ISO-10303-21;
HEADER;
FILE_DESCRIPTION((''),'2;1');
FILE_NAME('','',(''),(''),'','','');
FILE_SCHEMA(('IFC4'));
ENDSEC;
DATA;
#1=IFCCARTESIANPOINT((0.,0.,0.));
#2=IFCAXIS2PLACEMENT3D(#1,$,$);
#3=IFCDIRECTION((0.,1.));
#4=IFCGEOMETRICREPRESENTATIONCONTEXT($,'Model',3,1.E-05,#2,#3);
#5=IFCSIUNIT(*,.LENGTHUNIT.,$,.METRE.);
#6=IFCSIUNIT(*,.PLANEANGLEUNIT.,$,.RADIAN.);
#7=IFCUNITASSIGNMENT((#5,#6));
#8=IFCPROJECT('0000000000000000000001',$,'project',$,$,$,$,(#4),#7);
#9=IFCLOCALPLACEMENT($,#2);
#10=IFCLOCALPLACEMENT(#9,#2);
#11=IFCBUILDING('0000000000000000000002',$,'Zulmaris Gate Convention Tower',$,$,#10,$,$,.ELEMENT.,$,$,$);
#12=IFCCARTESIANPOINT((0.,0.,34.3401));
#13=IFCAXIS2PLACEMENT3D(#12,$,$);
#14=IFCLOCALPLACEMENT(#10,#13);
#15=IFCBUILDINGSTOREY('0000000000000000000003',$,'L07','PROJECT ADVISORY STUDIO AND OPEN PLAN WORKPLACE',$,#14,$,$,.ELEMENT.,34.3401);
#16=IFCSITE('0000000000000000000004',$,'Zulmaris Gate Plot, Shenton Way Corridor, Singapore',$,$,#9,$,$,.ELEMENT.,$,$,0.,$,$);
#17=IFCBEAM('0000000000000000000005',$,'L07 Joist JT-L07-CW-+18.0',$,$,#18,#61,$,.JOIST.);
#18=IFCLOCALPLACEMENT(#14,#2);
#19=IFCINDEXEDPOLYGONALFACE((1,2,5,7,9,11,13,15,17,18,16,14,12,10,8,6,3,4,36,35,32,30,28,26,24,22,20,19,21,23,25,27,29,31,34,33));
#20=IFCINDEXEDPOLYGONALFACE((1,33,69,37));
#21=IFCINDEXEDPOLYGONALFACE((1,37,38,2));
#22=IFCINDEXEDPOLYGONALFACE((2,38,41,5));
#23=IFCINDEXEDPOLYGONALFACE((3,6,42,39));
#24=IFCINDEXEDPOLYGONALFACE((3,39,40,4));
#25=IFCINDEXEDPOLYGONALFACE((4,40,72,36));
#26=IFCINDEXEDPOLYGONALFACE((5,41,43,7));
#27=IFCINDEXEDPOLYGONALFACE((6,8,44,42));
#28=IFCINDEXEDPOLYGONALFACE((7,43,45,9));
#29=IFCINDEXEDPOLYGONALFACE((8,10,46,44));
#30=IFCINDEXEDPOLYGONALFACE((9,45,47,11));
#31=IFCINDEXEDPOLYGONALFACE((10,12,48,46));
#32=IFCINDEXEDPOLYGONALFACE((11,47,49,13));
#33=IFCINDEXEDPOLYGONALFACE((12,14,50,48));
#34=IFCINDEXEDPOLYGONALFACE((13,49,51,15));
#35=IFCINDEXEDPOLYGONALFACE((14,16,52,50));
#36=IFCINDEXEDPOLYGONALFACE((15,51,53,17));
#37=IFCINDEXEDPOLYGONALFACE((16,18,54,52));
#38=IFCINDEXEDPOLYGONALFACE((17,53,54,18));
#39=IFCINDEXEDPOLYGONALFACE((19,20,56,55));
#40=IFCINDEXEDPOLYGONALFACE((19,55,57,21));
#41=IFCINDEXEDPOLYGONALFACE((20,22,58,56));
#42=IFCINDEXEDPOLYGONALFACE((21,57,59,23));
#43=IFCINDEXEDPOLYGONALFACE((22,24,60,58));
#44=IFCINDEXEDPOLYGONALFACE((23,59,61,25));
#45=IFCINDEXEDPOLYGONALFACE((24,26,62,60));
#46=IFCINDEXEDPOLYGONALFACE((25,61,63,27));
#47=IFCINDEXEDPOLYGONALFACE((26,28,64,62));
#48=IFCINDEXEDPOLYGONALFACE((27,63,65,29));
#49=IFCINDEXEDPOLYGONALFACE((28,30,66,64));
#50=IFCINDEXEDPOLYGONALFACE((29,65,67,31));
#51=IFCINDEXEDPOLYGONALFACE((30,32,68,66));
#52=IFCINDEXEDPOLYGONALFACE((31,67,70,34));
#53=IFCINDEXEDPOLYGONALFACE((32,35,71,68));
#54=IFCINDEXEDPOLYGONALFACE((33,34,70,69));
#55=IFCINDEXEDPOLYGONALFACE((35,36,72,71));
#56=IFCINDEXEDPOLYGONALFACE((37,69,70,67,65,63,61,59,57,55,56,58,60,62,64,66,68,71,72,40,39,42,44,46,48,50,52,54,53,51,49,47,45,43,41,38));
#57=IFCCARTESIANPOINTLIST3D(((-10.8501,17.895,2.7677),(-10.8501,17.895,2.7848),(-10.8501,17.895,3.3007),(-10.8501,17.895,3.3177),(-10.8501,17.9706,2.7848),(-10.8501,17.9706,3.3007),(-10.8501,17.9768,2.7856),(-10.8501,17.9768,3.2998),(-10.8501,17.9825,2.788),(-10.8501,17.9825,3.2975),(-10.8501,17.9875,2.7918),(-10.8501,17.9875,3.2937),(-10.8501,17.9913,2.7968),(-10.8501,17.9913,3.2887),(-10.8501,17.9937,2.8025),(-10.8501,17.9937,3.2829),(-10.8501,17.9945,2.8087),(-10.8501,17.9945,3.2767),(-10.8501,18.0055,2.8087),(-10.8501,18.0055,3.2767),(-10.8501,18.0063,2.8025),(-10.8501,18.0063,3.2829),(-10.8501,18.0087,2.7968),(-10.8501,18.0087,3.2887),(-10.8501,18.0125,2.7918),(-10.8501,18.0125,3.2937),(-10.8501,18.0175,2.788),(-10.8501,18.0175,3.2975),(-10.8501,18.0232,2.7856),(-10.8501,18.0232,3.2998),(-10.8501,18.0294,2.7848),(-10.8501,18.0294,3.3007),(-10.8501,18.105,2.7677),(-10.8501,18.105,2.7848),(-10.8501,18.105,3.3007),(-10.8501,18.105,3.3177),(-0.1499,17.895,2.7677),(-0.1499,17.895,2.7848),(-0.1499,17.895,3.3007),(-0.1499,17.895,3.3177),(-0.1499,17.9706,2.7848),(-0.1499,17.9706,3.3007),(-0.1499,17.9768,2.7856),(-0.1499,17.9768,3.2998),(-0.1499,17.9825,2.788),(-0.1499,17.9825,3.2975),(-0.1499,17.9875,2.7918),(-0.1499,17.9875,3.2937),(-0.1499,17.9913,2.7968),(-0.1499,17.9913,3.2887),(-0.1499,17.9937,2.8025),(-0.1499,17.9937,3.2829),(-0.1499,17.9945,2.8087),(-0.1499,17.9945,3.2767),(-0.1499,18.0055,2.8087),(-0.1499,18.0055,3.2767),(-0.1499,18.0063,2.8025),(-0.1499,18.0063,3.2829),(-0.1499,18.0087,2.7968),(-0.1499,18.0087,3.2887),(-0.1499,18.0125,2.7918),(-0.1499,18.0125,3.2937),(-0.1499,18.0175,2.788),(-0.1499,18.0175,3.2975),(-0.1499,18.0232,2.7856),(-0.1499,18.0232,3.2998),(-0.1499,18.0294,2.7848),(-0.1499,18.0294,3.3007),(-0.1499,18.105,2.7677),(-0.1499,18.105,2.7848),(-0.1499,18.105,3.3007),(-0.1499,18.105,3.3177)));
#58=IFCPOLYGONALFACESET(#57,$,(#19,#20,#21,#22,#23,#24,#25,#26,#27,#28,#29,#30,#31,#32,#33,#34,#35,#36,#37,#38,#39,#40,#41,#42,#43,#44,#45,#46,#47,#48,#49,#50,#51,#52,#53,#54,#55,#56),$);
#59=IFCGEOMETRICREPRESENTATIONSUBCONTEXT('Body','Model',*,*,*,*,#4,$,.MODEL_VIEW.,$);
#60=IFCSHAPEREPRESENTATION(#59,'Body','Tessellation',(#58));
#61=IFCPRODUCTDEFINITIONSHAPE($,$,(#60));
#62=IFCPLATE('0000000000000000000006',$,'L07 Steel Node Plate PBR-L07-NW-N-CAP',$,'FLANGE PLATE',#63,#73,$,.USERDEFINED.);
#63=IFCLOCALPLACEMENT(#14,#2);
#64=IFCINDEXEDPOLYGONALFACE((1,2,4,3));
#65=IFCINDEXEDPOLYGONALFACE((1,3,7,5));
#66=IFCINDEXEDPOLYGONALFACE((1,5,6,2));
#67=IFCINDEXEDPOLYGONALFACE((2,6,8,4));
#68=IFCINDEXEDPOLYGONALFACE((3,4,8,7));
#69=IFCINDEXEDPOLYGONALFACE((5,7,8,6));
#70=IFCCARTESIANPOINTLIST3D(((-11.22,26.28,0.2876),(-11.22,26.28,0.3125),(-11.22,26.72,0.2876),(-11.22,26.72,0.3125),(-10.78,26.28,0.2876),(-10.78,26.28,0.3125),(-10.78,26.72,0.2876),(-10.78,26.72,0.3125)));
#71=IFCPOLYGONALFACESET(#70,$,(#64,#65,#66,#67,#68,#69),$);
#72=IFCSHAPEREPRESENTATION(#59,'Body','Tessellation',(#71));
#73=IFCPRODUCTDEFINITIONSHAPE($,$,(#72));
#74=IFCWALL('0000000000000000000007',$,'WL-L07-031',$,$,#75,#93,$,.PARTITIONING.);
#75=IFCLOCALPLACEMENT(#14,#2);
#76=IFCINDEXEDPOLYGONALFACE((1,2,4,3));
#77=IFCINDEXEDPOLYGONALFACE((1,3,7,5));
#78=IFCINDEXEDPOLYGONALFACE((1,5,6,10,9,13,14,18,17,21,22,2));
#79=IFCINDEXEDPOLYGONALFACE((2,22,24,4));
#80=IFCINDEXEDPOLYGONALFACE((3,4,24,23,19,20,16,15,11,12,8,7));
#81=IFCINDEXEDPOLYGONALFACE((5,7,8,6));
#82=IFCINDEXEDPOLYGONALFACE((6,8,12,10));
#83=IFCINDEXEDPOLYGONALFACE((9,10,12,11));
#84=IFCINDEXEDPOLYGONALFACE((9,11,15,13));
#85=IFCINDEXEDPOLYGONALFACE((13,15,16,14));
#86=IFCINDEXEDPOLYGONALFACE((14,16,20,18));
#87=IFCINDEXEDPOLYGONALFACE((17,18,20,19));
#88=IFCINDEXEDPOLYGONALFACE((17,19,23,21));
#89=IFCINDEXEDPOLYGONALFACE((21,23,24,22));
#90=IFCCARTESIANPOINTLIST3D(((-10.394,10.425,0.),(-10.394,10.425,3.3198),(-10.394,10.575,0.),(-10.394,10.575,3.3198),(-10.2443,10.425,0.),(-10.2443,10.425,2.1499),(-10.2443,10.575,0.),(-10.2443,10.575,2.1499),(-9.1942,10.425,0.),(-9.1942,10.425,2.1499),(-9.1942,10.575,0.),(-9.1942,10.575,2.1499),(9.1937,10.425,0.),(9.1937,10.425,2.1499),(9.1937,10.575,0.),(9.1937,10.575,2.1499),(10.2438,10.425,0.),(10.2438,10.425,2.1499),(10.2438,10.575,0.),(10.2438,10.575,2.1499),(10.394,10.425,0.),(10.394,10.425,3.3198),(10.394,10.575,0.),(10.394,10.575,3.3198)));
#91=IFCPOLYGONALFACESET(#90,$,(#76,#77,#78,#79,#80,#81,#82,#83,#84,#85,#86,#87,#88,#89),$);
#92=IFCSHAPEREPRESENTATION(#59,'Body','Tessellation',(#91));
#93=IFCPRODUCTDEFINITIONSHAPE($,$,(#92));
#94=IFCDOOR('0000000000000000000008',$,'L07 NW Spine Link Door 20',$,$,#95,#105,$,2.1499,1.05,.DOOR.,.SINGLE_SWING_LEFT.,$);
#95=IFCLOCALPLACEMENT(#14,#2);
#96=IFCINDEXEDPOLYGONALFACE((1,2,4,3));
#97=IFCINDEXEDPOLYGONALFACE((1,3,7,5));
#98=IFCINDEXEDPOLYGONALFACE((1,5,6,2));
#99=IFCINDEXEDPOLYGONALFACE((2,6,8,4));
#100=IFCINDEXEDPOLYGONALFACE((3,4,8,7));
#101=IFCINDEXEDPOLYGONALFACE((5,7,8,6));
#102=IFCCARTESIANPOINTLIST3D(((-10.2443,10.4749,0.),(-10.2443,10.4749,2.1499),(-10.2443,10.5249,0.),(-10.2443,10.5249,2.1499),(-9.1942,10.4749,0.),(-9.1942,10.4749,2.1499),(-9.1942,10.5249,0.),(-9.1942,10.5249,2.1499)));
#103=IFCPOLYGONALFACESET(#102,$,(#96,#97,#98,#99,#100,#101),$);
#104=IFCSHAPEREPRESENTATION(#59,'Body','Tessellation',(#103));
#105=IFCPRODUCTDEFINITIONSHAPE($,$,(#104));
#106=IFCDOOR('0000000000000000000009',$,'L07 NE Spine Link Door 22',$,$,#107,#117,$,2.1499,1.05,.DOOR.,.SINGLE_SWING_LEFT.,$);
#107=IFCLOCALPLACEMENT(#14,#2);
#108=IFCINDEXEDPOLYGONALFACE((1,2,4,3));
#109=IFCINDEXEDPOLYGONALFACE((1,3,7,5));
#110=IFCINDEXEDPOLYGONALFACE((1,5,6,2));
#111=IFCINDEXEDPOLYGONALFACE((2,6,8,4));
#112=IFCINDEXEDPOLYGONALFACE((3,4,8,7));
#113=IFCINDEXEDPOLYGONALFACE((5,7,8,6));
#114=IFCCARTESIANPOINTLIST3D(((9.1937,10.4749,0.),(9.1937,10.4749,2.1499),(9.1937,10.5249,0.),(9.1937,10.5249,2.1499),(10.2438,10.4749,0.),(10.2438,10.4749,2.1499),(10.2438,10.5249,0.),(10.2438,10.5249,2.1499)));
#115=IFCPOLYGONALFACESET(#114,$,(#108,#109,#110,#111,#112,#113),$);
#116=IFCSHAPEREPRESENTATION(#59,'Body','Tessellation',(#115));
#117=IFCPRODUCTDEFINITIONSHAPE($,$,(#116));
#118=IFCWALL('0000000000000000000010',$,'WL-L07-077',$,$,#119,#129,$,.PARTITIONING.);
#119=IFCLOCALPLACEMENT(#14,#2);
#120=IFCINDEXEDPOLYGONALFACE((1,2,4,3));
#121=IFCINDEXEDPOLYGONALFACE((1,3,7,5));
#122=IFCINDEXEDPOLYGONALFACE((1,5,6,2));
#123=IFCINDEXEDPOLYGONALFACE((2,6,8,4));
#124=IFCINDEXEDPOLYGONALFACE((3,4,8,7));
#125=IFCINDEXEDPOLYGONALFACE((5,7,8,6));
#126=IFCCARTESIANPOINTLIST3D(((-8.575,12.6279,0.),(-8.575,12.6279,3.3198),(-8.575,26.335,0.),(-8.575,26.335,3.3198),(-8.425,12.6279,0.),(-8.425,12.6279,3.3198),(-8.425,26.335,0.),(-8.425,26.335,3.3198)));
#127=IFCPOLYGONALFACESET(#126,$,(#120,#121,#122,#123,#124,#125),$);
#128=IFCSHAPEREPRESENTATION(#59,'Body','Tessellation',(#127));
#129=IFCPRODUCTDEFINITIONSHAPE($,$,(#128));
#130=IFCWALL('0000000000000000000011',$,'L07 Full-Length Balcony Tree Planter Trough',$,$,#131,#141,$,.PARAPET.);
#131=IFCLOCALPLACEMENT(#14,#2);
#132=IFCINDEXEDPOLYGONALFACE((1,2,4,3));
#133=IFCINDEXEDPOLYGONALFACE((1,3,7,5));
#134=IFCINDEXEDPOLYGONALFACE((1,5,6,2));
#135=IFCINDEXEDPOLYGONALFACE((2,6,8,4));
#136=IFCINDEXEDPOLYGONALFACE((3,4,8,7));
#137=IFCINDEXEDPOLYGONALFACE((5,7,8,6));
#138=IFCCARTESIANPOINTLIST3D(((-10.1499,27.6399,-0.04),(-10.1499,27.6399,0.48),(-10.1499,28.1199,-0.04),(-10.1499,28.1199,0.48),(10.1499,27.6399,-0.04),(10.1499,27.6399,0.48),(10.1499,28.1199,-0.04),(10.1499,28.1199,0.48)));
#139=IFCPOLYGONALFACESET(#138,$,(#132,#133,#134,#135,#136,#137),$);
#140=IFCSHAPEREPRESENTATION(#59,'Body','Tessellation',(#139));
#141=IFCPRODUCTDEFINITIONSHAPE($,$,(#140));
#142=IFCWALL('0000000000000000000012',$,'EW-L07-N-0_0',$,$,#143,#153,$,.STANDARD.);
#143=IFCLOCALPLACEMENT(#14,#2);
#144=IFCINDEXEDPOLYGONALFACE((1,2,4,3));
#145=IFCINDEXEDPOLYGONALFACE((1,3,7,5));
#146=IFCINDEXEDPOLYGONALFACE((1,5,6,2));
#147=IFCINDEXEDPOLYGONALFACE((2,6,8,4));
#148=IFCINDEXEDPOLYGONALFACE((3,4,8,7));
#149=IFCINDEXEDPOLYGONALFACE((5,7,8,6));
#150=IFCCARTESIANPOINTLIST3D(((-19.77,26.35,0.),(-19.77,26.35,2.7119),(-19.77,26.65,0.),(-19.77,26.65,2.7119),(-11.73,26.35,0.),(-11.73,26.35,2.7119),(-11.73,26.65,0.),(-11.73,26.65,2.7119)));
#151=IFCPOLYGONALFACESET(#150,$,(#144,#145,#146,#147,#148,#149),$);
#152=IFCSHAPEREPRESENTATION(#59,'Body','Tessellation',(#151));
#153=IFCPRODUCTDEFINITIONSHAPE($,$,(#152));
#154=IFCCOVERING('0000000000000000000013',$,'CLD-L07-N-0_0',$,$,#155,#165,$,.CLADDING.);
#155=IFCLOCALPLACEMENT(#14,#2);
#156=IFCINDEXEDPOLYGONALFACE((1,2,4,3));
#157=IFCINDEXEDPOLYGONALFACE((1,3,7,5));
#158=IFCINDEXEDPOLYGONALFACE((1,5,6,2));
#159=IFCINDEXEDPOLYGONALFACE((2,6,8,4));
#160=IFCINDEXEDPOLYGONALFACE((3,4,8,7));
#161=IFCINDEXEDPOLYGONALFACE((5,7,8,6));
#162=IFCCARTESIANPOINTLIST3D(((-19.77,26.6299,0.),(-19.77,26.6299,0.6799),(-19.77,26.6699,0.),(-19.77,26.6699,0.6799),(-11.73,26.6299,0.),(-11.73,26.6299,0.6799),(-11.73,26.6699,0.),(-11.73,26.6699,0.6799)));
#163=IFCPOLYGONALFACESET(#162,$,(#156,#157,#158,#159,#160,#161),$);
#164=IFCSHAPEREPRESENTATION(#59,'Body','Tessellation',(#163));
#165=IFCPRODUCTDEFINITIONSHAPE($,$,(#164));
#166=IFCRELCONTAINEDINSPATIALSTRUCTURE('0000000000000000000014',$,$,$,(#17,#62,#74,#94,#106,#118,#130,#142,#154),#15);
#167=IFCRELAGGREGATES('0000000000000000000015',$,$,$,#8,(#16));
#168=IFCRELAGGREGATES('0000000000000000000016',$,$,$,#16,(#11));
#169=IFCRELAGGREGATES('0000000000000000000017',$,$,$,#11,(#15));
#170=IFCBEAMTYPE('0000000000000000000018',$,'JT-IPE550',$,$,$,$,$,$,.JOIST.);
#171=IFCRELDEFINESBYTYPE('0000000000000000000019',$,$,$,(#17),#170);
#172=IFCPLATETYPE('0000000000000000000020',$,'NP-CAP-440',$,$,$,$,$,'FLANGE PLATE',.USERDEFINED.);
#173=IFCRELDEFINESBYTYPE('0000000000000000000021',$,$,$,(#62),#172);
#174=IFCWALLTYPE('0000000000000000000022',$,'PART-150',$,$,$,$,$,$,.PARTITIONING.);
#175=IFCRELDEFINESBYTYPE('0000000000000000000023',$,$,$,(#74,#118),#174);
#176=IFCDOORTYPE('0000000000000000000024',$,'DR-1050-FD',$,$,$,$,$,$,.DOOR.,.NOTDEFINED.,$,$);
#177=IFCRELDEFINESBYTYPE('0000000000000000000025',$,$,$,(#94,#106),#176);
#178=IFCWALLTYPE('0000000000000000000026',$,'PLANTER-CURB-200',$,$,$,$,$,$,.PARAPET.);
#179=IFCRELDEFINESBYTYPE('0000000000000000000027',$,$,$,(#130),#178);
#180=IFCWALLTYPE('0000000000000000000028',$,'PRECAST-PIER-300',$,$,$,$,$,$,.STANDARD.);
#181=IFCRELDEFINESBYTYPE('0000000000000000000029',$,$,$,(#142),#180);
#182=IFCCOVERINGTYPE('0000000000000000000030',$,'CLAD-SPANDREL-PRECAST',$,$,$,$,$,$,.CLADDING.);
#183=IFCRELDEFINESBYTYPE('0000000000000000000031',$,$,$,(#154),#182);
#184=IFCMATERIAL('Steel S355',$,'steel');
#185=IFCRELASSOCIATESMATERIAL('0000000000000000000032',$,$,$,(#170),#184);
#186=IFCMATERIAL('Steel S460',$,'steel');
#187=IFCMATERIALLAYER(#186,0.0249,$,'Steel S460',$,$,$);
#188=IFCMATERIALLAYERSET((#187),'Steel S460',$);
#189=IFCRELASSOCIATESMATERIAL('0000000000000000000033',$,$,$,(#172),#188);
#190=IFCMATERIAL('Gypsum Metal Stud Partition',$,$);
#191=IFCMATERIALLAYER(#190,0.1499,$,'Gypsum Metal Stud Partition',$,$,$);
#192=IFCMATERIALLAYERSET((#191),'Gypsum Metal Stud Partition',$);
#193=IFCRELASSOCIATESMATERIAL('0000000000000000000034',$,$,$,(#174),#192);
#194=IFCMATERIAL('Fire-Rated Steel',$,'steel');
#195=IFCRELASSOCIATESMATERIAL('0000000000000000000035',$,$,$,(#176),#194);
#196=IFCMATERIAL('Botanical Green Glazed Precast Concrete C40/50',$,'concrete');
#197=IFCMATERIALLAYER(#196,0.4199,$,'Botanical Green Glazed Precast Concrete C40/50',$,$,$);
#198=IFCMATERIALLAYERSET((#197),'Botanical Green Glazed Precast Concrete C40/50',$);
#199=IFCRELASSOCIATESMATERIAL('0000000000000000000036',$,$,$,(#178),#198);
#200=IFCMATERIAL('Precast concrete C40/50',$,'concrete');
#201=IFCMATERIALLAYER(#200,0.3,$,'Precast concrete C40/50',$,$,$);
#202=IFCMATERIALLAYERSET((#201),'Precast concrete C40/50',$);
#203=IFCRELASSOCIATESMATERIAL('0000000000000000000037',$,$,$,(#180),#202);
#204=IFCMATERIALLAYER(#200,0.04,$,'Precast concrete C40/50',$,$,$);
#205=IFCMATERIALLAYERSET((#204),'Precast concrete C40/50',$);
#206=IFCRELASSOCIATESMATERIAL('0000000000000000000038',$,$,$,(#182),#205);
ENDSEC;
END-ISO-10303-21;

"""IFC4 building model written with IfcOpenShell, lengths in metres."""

from ifc_helpers import new_model, si_unit, direction, frame, frame_2d, origin, origin_2d, place, context, subcontext, project, spatial, rectangle, i_section, extrude, material, layer, layer_set, material_profile, profile_set, type_object, element, fill, save


model = new_model("IFC4")

# Units and contexts
model_context = context("Model", 3, precision=1e-05, world=origin(), true_north=direction((0.0, 1.0)))
body_context = subcontext(model_context, "Body", "Model", "MODEL_VIEW")
ifc_project = project(units=[si_unit("LENGTHUNIT", "METRE"), si_unit("PLANEANGLEUNIT", "RADIAN")], contexts=[model_context])

# Site, building, storey
site_placement = place(None, origin())
site = spatial("IfcSite", under=ifc_project, at=site_placement, Name="Zulmaris Gate Plot, Shenton Way Corridor, Singapore", CompositionType="ELEMENT", RefElevation=0.0)
building_placement = place(site_placement, origin())
building = spatial("IfcBuilding", under=site, at=building_placement, Name="Zulmaris Gate Convention Tower", CompositionType="ELEMENT")
storey_placement = place(building_placement, frame((0.0, 0.0, 34.3401)))
storey = spatial("IfcBuildingStorey", under=building, at=storey_placement, Name="L07", Description="PROJECT ADVISORY STUDIO AND OPEN PLAN WORKPLACE", CompositionType="ELEMENT", Elevation=34.3401)

# Shared definitions
ifc_material_1 = material(Name="Steel S355", Category="steel")

# Shared definitions
ifc_material_2 = material(Name="Steel S460", Category="steel")

# Beam
ifc_material_profile_1 = material_profile(ifc_material_1, i_section(OverallWidth=0.21, OverallDepth=0.55, WebThickness=0.011, FlangeThickness=0.0171, FilletRadius=0.0239, at=origin_2d()), Name="IPE 550")
ifc_profile_set_1 = profile_set([ifc_material_profile_1], Name="Steel S355")
beam_type_1 = type_object("IfcBeamType", Name="JT-IPE550", PredefinedType="JOIST", material=ifc_profile_set_1)
for number, where, z_axis, x_axis, name in (
    (1, (-10.8501, 18.0, 3.0427), (1.0, 0.0, 0.0), (0.0, 1.0, 0.0), "L07 Joist JT-L07-CW-+18.0"),
):
    element("IfcBeam", number, at=place(storey_placement, frame(where, z_axis=z_axis, x_axis=x_axis)), inside=storey, type_object=beam_type_1, Name=name, PredefinedType="JOIST", context=body_context, shape_type="SweptSolid", body=[
        extrude(i_section(OverallWidth=0.21, OverallDepth=0.55, WebThickness=0.011, FlangeThickness=0.0171, FilletRadius=0.0239, at=origin_2d()), origin(), (0.0, 0.0, 1.0), 10.7002),
    ])

# Plate
ifc_layer_1 = layer(ifc_material_2, 0.0249, Name="Steel S460")
ifc_layer_set_1 = layer_set([ifc_layer_1], Name="Steel S460")
plate_type = type_object("IfcPlateType", Name="NP-CAP-440", ElementType="FLANGE PLATE", PredefinedType="USERDEFINED", material=ifc_layer_set_1)
plate_placement = place(storey_placement, frame((-11.0, 26.5, 0.2876), z_axis=(0.0, 0.0, 1.0), x_axis=(1.0, 0.0, 0.0)))
element("IfcPlate", 2, at=plate_placement, inside=storey, type_object=plate_type, Name="L07 Steel Node Plate PBR-L07-NW-N-CAP", ObjectType="FLANGE PLATE", PredefinedType="USERDEFINED", context=body_context, shape_type="SweptSolid", body=[
    extrude(rectangle(XDim=0.4399, YDim=0.4399, at=origin_2d()), origin(), (0.0, 0.0, 1.0), 0.0249),
])

# Shared definitions
ifc_material_3 = material(Name="Fire-Rated Steel", Category="steel")

# Wall, openings, doors
ifc_material_4 = material(Name="Gypsum Metal Stud Partition")
ifc_layer_2 = layer(ifc_material_4, 0.1499, Name="Gypsum Metal Stud Partition")
ifc_layer_set_2 = layer_set([ifc_layer_2], Name="Gypsum Metal Stud Partition")
wall_type_1 = type_object("IfcWallType", Name="PART-150", PredefinedType="PARTITIONING", material=ifc_layer_set_2)
wall_1_placement = place(storey_placement, frame((-10.394, 10.5, 0.0), z_axis=(0.0, 0.0, 1.0), x_axis=(1.0, 0.0, 0.0)))
wall_1 = element("IfcWall", 3, at=wall_1_placement, inside=storey, type_object=wall_type_1, Name="WL-L07-031", PredefinedType="PARTITIONING", context=body_context, shape_type="SweptSolid", body=[
    extrude(rectangle(XDim=20.7881, YDim=0.1499, at=frame_2d((10.394, 0.0))), origin(), (0.0, 0.0, 1.0), 3.3198),
])
opening_1_placement = place(wall_1_placement, frame((0.1499, 0.0, 0.0)))
opening_1 = element("IfcOpeningElement", 4, at=opening_1_placement, cuts=wall_1, PredefinedType="OPENING", context=body_context, shape_type="SweptSolid", body=[
    extrude(rectangle(XDim=1.05, YDim=2.1499, at=frame_2d((0.5249, 1.075))), frame((0.0, 0.085, 0.0), z_axis=(0.0, -1.0, 0.0), x_axis=(1.0, 0.0, 0.0)), (0.0, 0.0, 1.0), 0.1699),
])
opening_2_placement = place(wall_1_placement, frame((19.5879, 0.0, 0.0)))
opening_2 = element("IfcOpeningElement", 5, at=opening_2_placement, cuts=wall_1, PredefinedType="OPENING", context=body_context, shape_type="SweptSolid", body=[
    extrude(rectangle(XDim=1.05, YDim=2.1499, at=frame_2d((0.5249, 1.075))), frame((0.0, 0.085, 0.0), z_axis=(0.0, -1.0, 0.0), x_axis=(1.0, 0.0, 0.0)), (0.0, 0.0, 1.0), 0.1699),
])
door_type_1 = type_object("IfcDoorType", Name="DR-1050-FD", OperationType="NOTDEFINED", PredefinedType="DOOR", material=ifc_material_3)
door_1_placement = place(opening_1_placement, origin())
door_1 = element("IfcDoor", 6, at=door_1_placement, inside=storey, type_object=door_type_1, Name="L07 NW Spine Link Door 20", OperationType="SINGLE_SWING_LEFT", OverallHeight=2.1499, OverallWidth=1.05, PredefinedType="DOOR", context=body_context, shape_type="SweptSolid", body=[
    extrude(rectangle(XDim=1.05, YDim=2.1499, at=frame_2d((0.5249, 1.075))), frame((0.0, 0.0249, 0.0), z_axis=(0.0, -1.0, 0.0), x_axis=(1.0, 0.0, 0.0)), (0.0, 0.0, 1.0), 0.05),
])
fill(opening_1, door_1)
door_2_placement = place(opening_2_placement, origin())
door_2 = element("IfcDoor", 7, at=door_2_placement, inside=storey, type_object=door_type_1, Name="L07 NE Spine Link Door 22", OperationType="SINGLE_SWING_LEFT", OverallHeight=2.1499, OverallWidth=1.05, PredefinedType="DOOR", context=body_context, shape_type="SweptSolid", body=[
    extrude(rectangle(XDim=1.05, YDim=2.1499, at=frame_2d((0.5249, 1.075))), frame((0.0, 0.0249, 0.0), z_axis=(0.0, -1.0, 0.0), x_axis=(1.0, 0.0, 0.0)), (0.0, 0.0, 1.0), 0.05),
])
fill(opening_2, door_2)

# Walls
wall_2_placement = place(storey_placement, frame((-8.5, 12.6279, 0.0), z_axis=(0.0, 0.0, 1.0), x_axis=(0.0, 1.0, 0.0)))
element("IfcWall", 8, at=wall_2_placement, inside=storey, type_object=wall_type_1, Name="WL-L07-077", PredefinedType="PARTITIONING", context=body_context, shape_type="SweptSolid", body=[
    extrude(rectangle(XDim=13.707, YDim=0.1499, at=frame_2d((6.8535, 0.0))), origin(), (0.0, 0.0, 1.0), 3.3198),
])
ifc_material_5 = material(Name="Botanical Green Glazed Precast Concrete C40/50", Category="concrete")
ifc_layer_3 = layer(ifc_material_5, 0.4199, Name="Botanical Green Glazed Precast Concrete C40/50")
ifc_layer_set_3 = layer_set([ifc_layer_3], Name="Botanical Green Glazed Precast Concrete C40/50")
wall_type_2 = type_object("IfcWallType", Name="PLANTER-CURB-200", PredefinedType="PARAPET", material=ifc_layer_set_3)
wall_3_placement = place(storey_placement, frame((-10.1499, 27.8799, -0.04), z_axis=(0.0, 0.0, 1.0), x_axis=(1.0, 0.0, 0.0)))
element("IfcWall", 9, at=wall_3_placement, inside=storey, type_object=wall_type_2, Name="L07 Full-Length Balcony Tree Planter Trough", PredefinedType="PARAPET", context=body_context, shape_type="SweptSolid", body=[
    extrude(rectangle(XDim=20.2998, YDim=0.48, at=frame_2d((10.1499, 0.0))), origin(), (0.0, 0.0, 1.0), 0.52),
])
ifc_material_6 = material(Name="Precast concrete C40/50", Category="concrete")
ifc_layer_4 = layer(ifc_material_6, 0.3, Name="Precast concrete C40/50")
ifc_layer_set_4 = layer_set([ifc_layer_4], Name="Precast concrete C40/50")
wall_type_3 = type_object("IfcWallType", Name="PRECAST-PIER-300", PredefinedType="STANDARD", material=ifc_layer_set_4)
wall_4_placement = place(storey_placement, frame((-11.73, 26.5, 0.0), z_axis=(0.0, 0.0, 1.0), x_axis=(-1.0, 0.0, 0.0)))
element("IfcWall", 10, at=wall_4_placement, inside=storey, type_object=wall_type_3, Name="EW-L07-N-0_0", PredefinedType="STANDARD", context=body_context, shape_type="SweptSolid", body=[
    extrude(rectangle(XDim=8.04, YDim=0.3, at=frame_2d((4.02, 0.0))), origin(), (0.0, 0.0, 1.0), 2.7119),
])

# Covering
ifc_layer_5 = layer(ifc_material_6, 0.04, Name="Precast concrete C40/50")
ifc_layer_set_5 = layer_set([ifc_layer_5], Name="Precast concrete C40/50")
covering_type = type_object("IfcCoveringType", Name="CLAD-SPANDREL-PRECAST", PredefinedType="CLADDING", material=ifc_layer_set_5)
covering_1_placement = place(storey_placement, frame((-11.73, 26.6499, 0.0), z_axis=(0.0, 0.0, 1.0), x_axis=(-1.0, 0.0, 0.0)))
element("IfcCovering", 11, at=covering_1_placement, inside=storey, type_object=covering_type, Name="CLD-L07-N-0_0", PredefinedType="CLADDING", context=body_context, shape_type="SweptSolid", body=[
    extrude(rectangle(XDim=8.04, YDim=0.04, at=frame_2d((4.02, 0.0))), origin(), (0.0, 0.0, 1.0), 0.6799),
])

save(model, "model.ifc")
